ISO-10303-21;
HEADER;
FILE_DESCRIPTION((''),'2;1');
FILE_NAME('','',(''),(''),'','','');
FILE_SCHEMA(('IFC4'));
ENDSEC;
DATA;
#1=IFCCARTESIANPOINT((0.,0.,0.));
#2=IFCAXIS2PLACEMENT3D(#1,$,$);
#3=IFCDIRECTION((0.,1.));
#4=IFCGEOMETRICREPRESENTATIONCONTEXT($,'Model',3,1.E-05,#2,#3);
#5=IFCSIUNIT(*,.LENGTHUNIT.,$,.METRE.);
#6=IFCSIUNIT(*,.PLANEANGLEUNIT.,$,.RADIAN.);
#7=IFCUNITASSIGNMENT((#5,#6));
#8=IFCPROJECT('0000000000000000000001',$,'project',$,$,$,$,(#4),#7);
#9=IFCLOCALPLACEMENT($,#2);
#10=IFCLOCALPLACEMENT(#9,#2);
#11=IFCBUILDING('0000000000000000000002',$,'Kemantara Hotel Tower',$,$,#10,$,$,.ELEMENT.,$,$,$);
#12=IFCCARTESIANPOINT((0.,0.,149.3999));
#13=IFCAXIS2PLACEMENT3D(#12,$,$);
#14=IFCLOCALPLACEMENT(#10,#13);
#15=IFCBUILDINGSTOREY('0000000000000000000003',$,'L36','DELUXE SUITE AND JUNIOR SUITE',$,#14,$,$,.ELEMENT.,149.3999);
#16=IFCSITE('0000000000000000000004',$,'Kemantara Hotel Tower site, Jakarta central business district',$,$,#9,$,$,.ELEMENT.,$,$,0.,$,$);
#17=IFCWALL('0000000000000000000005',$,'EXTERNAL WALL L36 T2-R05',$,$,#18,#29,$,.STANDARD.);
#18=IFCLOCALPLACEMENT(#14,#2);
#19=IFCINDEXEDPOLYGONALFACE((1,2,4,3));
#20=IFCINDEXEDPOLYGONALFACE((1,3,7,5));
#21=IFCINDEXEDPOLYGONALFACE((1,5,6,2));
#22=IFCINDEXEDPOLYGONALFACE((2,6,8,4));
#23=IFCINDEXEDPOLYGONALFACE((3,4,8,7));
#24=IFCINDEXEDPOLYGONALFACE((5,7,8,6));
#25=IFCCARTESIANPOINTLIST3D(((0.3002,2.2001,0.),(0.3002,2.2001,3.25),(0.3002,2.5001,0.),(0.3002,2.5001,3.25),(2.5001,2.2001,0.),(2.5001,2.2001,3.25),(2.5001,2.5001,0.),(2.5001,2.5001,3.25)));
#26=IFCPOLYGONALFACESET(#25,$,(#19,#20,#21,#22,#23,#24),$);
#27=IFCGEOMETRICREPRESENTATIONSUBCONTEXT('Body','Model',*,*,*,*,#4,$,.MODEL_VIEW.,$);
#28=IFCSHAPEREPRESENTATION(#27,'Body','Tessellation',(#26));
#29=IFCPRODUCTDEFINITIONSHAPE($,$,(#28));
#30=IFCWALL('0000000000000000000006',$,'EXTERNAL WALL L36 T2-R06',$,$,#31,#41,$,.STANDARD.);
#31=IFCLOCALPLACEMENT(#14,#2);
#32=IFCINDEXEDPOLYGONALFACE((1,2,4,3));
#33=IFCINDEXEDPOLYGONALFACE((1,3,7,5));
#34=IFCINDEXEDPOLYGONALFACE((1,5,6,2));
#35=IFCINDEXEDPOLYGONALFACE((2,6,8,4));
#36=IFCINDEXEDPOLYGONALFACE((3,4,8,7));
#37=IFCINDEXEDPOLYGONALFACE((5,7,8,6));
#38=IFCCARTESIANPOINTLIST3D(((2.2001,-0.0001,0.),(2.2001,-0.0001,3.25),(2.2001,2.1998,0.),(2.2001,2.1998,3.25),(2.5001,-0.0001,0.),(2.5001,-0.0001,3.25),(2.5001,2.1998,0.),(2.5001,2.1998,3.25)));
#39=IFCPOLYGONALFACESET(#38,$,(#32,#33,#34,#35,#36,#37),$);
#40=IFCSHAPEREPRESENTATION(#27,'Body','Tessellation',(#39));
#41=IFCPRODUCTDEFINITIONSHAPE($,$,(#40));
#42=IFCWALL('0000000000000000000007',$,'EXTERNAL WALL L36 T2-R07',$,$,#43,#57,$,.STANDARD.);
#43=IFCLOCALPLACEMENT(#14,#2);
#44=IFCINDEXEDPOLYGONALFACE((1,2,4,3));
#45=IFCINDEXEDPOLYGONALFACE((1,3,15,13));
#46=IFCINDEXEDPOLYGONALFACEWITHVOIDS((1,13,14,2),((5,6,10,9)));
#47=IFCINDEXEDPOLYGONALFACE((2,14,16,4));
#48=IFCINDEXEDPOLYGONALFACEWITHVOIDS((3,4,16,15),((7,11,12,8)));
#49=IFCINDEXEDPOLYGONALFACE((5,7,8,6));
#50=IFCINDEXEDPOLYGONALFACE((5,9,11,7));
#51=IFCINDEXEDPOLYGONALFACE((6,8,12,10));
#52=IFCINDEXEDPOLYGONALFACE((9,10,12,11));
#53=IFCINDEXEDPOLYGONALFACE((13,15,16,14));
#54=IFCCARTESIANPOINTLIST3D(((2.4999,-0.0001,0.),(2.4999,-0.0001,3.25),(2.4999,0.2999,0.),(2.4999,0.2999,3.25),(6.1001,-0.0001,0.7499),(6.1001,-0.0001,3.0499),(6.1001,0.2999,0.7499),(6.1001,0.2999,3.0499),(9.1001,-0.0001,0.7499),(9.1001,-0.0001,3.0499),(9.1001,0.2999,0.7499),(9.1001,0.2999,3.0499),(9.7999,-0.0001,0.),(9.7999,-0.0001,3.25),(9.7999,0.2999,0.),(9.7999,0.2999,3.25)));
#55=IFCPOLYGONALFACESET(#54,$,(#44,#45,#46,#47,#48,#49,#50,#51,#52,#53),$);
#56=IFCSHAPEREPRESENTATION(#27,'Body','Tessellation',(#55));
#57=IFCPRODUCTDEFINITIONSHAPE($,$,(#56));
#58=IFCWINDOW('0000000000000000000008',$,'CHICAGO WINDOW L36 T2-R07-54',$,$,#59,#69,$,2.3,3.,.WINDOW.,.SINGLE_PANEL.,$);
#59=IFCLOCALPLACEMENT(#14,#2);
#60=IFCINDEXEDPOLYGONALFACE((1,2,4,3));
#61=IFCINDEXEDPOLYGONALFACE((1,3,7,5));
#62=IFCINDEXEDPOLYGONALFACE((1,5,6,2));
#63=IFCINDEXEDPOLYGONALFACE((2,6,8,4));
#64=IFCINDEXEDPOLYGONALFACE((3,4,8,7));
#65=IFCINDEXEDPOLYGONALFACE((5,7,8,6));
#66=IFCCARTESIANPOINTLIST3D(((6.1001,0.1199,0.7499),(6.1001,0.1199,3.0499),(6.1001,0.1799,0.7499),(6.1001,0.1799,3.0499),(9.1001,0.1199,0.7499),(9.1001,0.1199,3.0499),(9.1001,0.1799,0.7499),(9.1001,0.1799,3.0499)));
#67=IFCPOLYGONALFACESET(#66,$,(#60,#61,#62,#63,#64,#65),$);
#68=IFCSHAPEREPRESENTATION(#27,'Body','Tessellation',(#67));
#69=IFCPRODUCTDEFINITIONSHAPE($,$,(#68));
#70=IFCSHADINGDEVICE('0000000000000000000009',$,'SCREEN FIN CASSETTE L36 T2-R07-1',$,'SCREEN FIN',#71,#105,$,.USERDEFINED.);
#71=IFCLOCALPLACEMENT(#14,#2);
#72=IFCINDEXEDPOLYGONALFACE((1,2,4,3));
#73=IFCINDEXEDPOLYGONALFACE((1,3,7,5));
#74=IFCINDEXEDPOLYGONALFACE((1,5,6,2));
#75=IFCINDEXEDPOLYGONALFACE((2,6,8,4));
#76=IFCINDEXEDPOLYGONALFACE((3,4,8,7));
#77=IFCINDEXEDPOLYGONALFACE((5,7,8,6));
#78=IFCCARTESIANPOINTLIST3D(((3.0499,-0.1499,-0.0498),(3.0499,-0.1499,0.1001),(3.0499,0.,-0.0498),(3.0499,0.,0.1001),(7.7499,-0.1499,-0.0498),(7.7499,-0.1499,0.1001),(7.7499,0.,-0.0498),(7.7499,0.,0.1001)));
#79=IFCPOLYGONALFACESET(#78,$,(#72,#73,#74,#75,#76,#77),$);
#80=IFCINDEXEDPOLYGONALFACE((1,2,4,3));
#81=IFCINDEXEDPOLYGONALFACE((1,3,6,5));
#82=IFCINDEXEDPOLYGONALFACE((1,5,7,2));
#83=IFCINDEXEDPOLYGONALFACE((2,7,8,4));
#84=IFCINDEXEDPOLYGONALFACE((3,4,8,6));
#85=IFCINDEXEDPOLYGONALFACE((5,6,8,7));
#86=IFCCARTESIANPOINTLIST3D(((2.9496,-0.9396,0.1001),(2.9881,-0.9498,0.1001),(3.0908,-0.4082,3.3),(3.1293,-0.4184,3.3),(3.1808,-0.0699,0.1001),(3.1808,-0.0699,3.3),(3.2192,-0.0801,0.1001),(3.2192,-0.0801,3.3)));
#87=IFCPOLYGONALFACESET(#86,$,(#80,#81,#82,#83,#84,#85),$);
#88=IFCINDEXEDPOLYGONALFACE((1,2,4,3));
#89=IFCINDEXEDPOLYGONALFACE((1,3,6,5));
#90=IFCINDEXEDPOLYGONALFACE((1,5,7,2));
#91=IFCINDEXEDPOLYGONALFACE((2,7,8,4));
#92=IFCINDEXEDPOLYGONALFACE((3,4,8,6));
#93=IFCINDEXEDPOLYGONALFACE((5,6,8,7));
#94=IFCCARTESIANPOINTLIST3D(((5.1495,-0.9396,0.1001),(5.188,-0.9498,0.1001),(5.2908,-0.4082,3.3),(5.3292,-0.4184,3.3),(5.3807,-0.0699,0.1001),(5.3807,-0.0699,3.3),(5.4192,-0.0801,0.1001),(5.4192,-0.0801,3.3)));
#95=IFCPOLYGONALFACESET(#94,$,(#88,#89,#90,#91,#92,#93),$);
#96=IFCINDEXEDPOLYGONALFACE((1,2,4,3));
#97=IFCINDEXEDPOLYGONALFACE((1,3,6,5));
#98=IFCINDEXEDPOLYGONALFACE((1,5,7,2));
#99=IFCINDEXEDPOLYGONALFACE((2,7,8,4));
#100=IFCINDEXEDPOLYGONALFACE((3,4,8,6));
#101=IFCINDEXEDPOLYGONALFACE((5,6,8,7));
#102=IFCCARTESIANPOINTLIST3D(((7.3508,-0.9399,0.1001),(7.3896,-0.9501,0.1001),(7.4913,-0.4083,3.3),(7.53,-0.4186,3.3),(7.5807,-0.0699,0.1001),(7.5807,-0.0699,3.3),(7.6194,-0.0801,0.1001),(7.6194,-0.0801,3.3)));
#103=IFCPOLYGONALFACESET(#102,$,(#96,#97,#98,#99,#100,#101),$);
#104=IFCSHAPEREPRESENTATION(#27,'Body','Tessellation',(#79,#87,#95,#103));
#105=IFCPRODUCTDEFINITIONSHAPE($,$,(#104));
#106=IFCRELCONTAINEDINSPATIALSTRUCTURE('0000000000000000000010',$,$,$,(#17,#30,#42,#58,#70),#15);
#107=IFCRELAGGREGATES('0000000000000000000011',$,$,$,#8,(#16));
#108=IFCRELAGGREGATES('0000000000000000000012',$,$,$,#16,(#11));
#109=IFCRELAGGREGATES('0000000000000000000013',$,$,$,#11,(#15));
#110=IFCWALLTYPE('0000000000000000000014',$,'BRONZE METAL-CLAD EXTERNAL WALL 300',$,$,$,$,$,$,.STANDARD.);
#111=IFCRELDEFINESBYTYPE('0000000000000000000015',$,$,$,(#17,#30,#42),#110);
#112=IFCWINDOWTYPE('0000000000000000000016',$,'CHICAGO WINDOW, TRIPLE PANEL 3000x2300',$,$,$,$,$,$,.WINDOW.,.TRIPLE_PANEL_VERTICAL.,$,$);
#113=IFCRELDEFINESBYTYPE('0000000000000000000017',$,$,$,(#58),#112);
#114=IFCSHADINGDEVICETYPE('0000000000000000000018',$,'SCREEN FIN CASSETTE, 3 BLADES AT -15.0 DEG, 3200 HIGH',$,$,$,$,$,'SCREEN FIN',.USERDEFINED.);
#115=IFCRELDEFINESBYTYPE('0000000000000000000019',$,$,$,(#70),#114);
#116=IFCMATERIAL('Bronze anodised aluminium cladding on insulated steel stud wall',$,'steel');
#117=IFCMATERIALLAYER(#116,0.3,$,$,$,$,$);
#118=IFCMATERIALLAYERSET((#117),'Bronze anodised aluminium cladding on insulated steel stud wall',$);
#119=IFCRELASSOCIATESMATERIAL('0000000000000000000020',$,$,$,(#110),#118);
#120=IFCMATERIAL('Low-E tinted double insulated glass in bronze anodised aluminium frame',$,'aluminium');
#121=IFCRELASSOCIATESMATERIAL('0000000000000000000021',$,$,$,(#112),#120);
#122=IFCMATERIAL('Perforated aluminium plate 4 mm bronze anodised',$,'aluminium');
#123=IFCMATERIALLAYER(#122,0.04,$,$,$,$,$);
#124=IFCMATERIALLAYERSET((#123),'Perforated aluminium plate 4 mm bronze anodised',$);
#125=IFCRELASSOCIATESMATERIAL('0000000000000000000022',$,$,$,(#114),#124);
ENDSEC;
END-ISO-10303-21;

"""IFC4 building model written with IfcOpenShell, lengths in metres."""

from ifc_helpers import new_model, si_unit, direction, frame, frame_2d, origin, origin_2d, place, context, subcontext, project, spatial, polyline, rectangle, outline, extrude, source, transform, mapped, material, layer, layer_set, type_object, element, fill, save


model = new_model("IFC4")

# Units and contexts
model_context = context("Model", 3, precision=1e-05, world=origin(), true_north=direction((0.0, 1.0)))
body_context = subcontext(model_context, "Body", "Model", "MODEL_VIEW")
ifc_project = project(units=[si_unit("LENGTHUNIT", "METRE"), si_unit("PLANEANGLEUNIT", "RADIAN")], contexts=[model_context])

# Site, building, storey
site_placement = place(None, origin())
site = spatial("IfcSite", under=ifc_project, at=site_placement, Name="Kemantara Hotel Tower site, Jakarta central business district", CompositionType="ELEMENT", RefElevation=0.0)
building_placement = place(site_placement, origin())
building = spatial("IfcBuilding", under=site, at=building_placement, Name="Kemantara Hotel Tower", CompositionType="ELEMENT")
storey_placement = place(building_placement, frame((0.0, 0.0, 149.3999)))
storey = spatial("IfcBuildingStorey", under=building, at=storey_placement, Name="L36", Description="DELUXE SUITE AND JUNIOR SUITE", CompositionType="ELEMENT", Elevation=149.3999)

# Walls
ifc_material_1 = material(Name="Bronze anodised aluminium cladding on insulated steel stud wall", Category="steel")
ifc_layer_1 = layer(ifc_material_1, 0.3)
ifc_layer_set_1 = layer_set([ifc_layer_1], Name="Bronze anodised aluminium cladding on insulated steel stud wall")
wall_type = type_object("IfcWallType", Name="BRONZE METAL-CLAD EXTERNAL WALL 300", PredefinedType="STANDARD", material=ifc_layer_set_1)
for number, where, z_axis, x_axis, name in (
    (1, (0.3, 2.3501, 0.0), (0.0, 0.0, 1.0), (1.0, 0.0, 0.0), "EXTERNAL WALL L36 T2-R05"),
    (2, (2.3501, 2.2, 0.0), (0.0, 0.0, 1.0), (0.0, -1.0, 0.0), "EXTERNAL WALL L36 T2-R06"),
):
    element("IfcWall", number, at=place(storey_placement, frame(where, z_axis=z_axis, x_axis=x_axis)), inside=storey, type_object=wall_type, Name=name, PredefinedType="STANDARD", context=body_context, shape_type="SweptSolid", body=[
        extrude(rectangle(XDim=2.2, YDim=0.3, at=frame_2d((1.1001, 0.0))), origin(), (0.0, 0.0, 1.0), 3.25),
    ])

# Wall, opening, window
wall_placement = place(storey_placement, frame((2.5, 0.1499, 0.0), z_axis=(0.0, 0.0, 1.0), x_axis=(1.0, 0.0, 0.0)))
wall = element("IfcWall", 3, at=wall_placement, inside=storey, type_object=wall_type, Name="EXTERNAL WALL L36 T2-R07", PredefinedType="STANDARD", context=body_context, shape_type="SweptSolid", body=[
    extrude(rectangle(XDim=7.3, YDim=0.3, at=frame_2d((3.6499, 0.0))), origin(), (0.0, 0.0, 1.0), 3.25),
])
opening_placement = place(wall_placement, frame((3.6001, 0.0, 0.75)))
opening = element("IfcOpeningElement", 4, at=opening_placement, cuts=wall, PredefinedType="OPENING", context=body_context, shape_type="SweptSolid", body=[
    extrude(rectangle(XDim=3.0, YDim=2.3, at=frame_2d((1.5, 1.1499))), frame((0.0, 0.1599, 0.0), z_axis=(0.0, -1.0, 0.0), x_axis=(1.0, 0.0, 0.0)), (0.0, 0.0, 1.0), 0.3201),
])
ifc_material_2 = material(Name="Low-E tinted double insulated glass in bronze anodised aluminium frame", Category="aluminium")
window_type = type_object("IfcWindowType", Name="CHICAGO WINDOW, TRIPLE PANEL 3000x2300", PartitioningType="TRIPLE_PANEL_VERTICAL", PredefinedType="WINDOW", material=ifc_material_2)
window_placement = place(opening_placement, origin())
window = element("IfcWindow", 5, at=window_placement, inside=storey, type_object=window_type, Name="CHICAGO WINDOW L36 T2-R07-54", OverallHeight=2.3, OverallWidth=3.0, PartitioningType="SINGLE_PANEL", PredefinedType="WINDOW", context=body_context, shape_type="SweptSolid", body=[
    extrude(rectangle(XDim=3.0, YDim=2.3, at=frame_2d((1.5, 1.1499))), frame((0.0, 0.03, 0.0), z_axis=(0.0, -1.0, 0.0), x_axis=(1.0, 0.0, 0.0)), (0.0, 0.0, 1.0), 0.0601),
])
fill(opening, window)

# Shading device
ifc_material_3 = material(Name="Perforated aluminium plate 4 mm bronze anodised", Category="aluminium")
ifc_layer_2 = layer(ifc_material_3, 0.04)
ifc_layer_set_2 = layer_set([ifc_layer_2], Name="Perforated aluminium plate 4 mm bronze anodised")
shading_device_type = type_object("IfcShadingDeviceType", Name="SCREEN FIN CASSETTE, 3 BLADES AT -15.0 DEG, 3200 HIGH", ElementType="SCREEN FIN", PredefinedType="USERDEFINED", material=ifc_layer_set_2)
shared_shape = source(origin(), body_context, "Body", "SweptSolid", [
    extrude(rectangle(XDim=4.7, YDim=0.1499, at=origin_2d()), frame((2.2, -0.075, -0.1499), z_axis=(0.0, 0.0, 1.0), x_axis=(1.0, 0.0, 0.0)), (0.0, 0.0, 1.0), 0.1499),
    extrude(outline(polyline([(0.0, 0.0), (0.8999, 0.0), (0.3501, 3.2), (0.0, 3.2), (0.0, 0.0)])), frame((0.0193, -0.0801, 0.0), z_axis=(-0.966438, 0.256901, 0.0), x_axis=(-0.256901, -0.966438, 0.0)), (0.0, 0.0, 1.0), 0.0398),
    extrude(outline(polyline([(0.0, 0.0), (0.8999, 0.0), (0.3501, 3.2), (0.0, 3.2), (0.0, 0.0)])), frame((2.2192, -0.0801, 0.0), z_axis=(-0.966438, 0.256901, 0.0), x_axis=(-0.256901, -0.966438, 0.0)), (0.0, 0.0, 1.0), 0.0398),
    extrude(outline(polyline([(0.0, 0.0), (0.8999, 0.0), (0.3501, 3.2), (0.0, 3.2), (0.0, 0.0)])), frame((4.4194, -0.0801, 0.0), z_axis=(-0.966838, 0.255391, 0.0), x_axis=(-0.255391, -0.966838, 0.0)), (0.0, 0.0, 1.0), 0.04),
])
shading_device_placement = place(storey_placement, frame((3.2, 0.0, 0.1001), z_axis=(0.0, 0.0, 1.0), x_axis=(1.0, 0.0, 0.0)))
element("IfcShadingDevice", 6, at=shading_device_placement, inside=storey, type_object=shading_device_type, Name="SCREEN FIN CASSETTE L36 T2-R07-1", ObjectType="SCREEN FIN", PredefinedType="USERDEFINED", context=body_context, shape_type="MappedRepresentation", body=[
    mapped(shared_shape, transform((0.0, 0.0, 0.0))),
])

save(model, "model.ifc")
